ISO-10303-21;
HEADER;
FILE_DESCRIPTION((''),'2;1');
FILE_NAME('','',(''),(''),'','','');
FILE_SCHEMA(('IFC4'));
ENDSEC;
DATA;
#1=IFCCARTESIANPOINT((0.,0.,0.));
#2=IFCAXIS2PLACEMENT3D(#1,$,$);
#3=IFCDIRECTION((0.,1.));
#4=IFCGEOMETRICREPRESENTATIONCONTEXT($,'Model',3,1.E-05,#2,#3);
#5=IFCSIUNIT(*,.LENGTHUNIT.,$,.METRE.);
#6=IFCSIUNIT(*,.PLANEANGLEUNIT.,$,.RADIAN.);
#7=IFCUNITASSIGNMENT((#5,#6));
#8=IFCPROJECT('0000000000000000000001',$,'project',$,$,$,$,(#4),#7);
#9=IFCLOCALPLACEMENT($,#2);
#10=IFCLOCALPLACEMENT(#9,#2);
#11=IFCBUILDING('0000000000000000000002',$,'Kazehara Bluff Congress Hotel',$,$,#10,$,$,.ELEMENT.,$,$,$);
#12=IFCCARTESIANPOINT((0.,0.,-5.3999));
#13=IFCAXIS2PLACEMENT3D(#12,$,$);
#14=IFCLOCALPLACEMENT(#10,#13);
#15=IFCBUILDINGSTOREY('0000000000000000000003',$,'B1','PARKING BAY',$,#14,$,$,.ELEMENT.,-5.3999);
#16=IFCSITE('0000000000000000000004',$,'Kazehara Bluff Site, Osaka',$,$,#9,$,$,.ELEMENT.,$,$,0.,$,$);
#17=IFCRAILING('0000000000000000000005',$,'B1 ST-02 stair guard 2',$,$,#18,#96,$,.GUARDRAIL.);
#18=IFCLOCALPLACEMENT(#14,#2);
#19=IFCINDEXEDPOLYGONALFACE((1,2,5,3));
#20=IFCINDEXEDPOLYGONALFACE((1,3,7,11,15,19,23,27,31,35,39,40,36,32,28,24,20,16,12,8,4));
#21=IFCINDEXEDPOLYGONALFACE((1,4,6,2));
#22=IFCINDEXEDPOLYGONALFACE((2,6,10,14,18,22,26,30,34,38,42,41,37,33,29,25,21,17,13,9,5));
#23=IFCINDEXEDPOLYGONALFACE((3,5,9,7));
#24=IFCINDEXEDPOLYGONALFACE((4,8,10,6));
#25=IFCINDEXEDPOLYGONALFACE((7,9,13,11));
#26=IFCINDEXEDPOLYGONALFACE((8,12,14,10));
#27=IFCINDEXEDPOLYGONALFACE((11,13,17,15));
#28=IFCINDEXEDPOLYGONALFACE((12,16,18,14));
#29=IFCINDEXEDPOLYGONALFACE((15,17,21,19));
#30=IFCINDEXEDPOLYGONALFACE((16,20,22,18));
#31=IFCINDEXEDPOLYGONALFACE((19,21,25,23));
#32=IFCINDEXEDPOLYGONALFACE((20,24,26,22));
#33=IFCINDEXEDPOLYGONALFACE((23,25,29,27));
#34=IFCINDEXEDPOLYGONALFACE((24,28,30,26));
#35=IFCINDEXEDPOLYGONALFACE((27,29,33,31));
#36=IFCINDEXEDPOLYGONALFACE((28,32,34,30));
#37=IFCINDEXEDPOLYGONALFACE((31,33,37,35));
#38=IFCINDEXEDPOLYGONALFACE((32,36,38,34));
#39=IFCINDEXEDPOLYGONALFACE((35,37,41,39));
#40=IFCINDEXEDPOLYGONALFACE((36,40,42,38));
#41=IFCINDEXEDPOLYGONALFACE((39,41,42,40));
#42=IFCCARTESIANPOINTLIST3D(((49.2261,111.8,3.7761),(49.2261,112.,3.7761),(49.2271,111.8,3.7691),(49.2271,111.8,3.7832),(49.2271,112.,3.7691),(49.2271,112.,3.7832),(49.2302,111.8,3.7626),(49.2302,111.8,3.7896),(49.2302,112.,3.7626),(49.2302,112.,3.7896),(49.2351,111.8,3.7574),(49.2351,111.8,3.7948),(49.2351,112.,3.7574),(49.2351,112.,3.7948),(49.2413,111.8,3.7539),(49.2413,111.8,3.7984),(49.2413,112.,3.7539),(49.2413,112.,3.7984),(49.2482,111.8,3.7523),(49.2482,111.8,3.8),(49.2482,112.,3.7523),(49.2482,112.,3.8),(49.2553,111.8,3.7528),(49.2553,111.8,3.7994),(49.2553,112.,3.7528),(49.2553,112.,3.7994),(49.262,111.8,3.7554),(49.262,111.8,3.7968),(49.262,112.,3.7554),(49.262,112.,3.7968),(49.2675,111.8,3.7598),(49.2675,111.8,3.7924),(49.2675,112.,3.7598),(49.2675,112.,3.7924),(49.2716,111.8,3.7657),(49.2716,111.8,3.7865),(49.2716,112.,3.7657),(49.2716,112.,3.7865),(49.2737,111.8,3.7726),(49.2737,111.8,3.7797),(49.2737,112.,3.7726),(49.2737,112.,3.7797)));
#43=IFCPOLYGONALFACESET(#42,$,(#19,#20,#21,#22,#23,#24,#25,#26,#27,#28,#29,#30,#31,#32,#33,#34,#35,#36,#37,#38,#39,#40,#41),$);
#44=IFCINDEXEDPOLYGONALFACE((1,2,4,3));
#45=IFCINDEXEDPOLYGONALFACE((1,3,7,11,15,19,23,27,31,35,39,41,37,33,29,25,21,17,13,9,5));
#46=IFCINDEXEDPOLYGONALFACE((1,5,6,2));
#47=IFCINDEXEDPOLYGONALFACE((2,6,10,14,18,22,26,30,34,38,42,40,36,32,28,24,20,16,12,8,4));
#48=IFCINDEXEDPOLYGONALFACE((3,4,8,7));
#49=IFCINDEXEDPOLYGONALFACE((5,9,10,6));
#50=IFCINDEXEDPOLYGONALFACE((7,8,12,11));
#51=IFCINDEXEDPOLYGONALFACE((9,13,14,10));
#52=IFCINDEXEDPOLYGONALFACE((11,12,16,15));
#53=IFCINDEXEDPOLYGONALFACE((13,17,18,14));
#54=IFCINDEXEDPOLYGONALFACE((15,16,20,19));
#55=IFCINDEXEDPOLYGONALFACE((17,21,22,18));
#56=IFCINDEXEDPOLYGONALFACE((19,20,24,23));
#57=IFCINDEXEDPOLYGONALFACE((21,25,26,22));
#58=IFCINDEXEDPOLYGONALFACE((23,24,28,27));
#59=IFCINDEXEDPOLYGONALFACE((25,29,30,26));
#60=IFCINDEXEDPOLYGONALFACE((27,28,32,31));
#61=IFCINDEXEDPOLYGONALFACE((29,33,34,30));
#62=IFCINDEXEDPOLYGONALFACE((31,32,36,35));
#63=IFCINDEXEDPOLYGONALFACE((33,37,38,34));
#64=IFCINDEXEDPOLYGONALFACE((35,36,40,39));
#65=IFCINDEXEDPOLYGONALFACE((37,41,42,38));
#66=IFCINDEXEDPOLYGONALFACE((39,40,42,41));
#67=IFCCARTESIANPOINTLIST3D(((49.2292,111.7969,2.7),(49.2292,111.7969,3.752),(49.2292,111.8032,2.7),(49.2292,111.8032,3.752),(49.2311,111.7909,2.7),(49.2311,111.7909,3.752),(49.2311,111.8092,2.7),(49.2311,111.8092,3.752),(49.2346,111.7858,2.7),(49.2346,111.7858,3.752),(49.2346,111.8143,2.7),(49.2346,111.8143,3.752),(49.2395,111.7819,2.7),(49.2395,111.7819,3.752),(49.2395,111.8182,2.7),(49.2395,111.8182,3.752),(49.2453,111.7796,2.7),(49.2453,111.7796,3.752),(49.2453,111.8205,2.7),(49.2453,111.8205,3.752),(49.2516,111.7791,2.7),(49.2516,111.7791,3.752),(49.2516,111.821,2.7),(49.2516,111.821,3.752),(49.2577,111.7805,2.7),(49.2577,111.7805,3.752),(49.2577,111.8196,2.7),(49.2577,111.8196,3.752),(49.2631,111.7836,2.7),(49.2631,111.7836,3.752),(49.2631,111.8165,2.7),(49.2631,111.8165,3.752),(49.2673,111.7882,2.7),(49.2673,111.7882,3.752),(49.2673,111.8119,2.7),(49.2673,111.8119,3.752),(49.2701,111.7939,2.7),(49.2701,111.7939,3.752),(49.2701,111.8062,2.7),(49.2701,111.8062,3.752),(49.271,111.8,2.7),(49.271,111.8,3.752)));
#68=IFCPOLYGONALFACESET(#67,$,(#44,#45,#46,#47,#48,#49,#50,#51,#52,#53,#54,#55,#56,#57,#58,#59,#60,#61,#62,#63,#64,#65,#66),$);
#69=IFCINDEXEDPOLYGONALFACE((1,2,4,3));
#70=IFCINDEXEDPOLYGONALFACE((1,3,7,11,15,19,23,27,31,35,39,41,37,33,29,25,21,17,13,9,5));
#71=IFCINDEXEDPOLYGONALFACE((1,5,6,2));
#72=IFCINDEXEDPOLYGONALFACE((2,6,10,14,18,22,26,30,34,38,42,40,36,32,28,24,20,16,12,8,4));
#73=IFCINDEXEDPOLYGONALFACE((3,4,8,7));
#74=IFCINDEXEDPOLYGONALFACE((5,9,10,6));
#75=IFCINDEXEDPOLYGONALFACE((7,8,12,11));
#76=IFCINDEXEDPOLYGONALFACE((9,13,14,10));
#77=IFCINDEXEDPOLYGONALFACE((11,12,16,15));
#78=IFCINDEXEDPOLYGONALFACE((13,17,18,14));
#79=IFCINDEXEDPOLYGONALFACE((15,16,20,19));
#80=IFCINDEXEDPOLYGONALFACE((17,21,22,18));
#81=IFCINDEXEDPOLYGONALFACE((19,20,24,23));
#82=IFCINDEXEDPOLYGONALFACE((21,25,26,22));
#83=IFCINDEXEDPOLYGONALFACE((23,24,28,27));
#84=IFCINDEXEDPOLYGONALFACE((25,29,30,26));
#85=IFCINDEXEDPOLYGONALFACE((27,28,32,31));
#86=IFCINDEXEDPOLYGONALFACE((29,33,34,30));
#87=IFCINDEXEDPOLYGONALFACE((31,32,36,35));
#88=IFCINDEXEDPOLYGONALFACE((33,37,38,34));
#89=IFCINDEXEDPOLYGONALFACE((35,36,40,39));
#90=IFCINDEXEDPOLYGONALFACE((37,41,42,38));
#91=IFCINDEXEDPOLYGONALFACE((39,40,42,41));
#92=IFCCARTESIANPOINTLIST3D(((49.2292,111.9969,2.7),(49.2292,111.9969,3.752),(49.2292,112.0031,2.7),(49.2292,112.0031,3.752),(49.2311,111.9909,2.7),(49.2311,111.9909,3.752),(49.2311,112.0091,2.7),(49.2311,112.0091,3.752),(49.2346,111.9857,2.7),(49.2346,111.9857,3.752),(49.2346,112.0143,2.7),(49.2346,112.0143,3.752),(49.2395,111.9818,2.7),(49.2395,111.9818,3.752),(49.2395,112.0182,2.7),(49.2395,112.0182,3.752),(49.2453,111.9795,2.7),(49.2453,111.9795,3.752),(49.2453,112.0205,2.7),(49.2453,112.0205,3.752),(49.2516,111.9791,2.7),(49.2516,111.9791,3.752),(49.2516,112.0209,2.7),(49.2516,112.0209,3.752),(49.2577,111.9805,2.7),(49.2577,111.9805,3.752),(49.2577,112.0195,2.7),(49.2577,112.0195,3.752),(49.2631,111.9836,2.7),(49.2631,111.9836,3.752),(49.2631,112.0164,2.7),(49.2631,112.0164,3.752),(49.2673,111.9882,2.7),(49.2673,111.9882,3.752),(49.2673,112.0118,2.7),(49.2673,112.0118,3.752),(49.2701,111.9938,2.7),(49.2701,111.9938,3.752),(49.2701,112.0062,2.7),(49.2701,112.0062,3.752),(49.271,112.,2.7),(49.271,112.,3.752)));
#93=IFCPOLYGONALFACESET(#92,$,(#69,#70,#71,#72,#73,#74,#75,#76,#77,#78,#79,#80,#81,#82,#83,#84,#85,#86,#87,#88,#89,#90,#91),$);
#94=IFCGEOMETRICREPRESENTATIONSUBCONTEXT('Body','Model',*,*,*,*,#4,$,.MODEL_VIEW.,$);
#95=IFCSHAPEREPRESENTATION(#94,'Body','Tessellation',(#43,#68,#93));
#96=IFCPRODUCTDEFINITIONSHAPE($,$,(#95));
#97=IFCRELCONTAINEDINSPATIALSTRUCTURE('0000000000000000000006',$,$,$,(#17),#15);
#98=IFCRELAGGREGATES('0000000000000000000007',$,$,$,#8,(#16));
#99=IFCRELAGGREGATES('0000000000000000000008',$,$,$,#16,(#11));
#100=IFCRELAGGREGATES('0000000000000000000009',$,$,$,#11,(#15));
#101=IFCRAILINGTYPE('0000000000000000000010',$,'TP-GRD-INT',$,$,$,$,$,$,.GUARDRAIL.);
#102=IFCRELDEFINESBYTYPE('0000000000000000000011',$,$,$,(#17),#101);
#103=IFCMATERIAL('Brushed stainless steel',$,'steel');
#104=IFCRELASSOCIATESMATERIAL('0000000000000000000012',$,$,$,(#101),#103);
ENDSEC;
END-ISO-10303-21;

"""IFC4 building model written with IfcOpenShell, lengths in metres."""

from ifc_helpers import new_model, si_unit, direction, frame, origin, origin_2d, place, context, subcontext, project, spatial, circle, extrude, material, type_object, element, save


model = new_model("IFC4")

# Units and contexts
model_context = context("Model", 3, precision=1e-05, world=origin(), true_north=direction((0.0, 1.0)))
body_context = subcontext(model_context, "Body", "Model", "MODEL_VIEW")
ifc_project = project(units=[si_unit("LENGTHUNIT", "METRE"), si_unit("PLANEANGLEUNIT", "RADIAN")], contexts=[model_context])

# Site, building, storey
site_placement = place(None, origin())
site = spatial("IfcSite", under=ifc_project, at=site_placement, Name="Kazehara Bluff Site, Osaka", CompositionType="ELEMENT", RefElevation=0.0)
building_placement = place(site_placement, origin())
building = spatial("IfcBuilding", under=site, at=building_placement, Name="Kazehara Bluff Congress Hotel", CompositionType="ELEMENT")
storey_placement = place(building_placement, frame((0.0, 0.0, -5.3999)))
storey = spatial("IfcBuildingStorey", under=building, at=storey_placement, Name="B1", Description="PARKING BAY", CompositionType="ELEMENT", Elevation=-5.3999)

# Railing
ifc_material_1 = material(Name="Brushed stainless steel", Category="steel")
railing_type_1 = type_object("IfcRailingType", Name="TP-GRD-INT", PredefinedType="GUARDRAIL", material=ifc_material_1)
railing_1_placement = place(storey_placement, frame((49.25, 111.8, 2.7)))
element("IfcRailing", 1, at=railing_1_placement, inside=storey, type_object=railing_type_1, Name="B1 ST-02 stair guard 2", PredefinedType="GUARDRAIL", context=body_context, shape_type="SweptSolid", body=[
    extrude(circle(Radius=0.0239, at=origin_2d()), frame((0.0, 0.0, 1.0762), z_axis=(0.0, 1.0, 0.0), x_axis=(-1.0, 0.0, 0.0)), (0.0, 0.0, 1.0), 0.2),
    extrude(circle(Radius=0.021, at=origin_2d()), origin(), (0.0, 0.0, 1.0), 1.052),
    extrude(circle(Radius=0.021, at=origin_2d()), frame((0.0, 0.2, 0.0)), (0.0, 0.0, 1.0), 1.052),
])

save(model, "model.ifc")
